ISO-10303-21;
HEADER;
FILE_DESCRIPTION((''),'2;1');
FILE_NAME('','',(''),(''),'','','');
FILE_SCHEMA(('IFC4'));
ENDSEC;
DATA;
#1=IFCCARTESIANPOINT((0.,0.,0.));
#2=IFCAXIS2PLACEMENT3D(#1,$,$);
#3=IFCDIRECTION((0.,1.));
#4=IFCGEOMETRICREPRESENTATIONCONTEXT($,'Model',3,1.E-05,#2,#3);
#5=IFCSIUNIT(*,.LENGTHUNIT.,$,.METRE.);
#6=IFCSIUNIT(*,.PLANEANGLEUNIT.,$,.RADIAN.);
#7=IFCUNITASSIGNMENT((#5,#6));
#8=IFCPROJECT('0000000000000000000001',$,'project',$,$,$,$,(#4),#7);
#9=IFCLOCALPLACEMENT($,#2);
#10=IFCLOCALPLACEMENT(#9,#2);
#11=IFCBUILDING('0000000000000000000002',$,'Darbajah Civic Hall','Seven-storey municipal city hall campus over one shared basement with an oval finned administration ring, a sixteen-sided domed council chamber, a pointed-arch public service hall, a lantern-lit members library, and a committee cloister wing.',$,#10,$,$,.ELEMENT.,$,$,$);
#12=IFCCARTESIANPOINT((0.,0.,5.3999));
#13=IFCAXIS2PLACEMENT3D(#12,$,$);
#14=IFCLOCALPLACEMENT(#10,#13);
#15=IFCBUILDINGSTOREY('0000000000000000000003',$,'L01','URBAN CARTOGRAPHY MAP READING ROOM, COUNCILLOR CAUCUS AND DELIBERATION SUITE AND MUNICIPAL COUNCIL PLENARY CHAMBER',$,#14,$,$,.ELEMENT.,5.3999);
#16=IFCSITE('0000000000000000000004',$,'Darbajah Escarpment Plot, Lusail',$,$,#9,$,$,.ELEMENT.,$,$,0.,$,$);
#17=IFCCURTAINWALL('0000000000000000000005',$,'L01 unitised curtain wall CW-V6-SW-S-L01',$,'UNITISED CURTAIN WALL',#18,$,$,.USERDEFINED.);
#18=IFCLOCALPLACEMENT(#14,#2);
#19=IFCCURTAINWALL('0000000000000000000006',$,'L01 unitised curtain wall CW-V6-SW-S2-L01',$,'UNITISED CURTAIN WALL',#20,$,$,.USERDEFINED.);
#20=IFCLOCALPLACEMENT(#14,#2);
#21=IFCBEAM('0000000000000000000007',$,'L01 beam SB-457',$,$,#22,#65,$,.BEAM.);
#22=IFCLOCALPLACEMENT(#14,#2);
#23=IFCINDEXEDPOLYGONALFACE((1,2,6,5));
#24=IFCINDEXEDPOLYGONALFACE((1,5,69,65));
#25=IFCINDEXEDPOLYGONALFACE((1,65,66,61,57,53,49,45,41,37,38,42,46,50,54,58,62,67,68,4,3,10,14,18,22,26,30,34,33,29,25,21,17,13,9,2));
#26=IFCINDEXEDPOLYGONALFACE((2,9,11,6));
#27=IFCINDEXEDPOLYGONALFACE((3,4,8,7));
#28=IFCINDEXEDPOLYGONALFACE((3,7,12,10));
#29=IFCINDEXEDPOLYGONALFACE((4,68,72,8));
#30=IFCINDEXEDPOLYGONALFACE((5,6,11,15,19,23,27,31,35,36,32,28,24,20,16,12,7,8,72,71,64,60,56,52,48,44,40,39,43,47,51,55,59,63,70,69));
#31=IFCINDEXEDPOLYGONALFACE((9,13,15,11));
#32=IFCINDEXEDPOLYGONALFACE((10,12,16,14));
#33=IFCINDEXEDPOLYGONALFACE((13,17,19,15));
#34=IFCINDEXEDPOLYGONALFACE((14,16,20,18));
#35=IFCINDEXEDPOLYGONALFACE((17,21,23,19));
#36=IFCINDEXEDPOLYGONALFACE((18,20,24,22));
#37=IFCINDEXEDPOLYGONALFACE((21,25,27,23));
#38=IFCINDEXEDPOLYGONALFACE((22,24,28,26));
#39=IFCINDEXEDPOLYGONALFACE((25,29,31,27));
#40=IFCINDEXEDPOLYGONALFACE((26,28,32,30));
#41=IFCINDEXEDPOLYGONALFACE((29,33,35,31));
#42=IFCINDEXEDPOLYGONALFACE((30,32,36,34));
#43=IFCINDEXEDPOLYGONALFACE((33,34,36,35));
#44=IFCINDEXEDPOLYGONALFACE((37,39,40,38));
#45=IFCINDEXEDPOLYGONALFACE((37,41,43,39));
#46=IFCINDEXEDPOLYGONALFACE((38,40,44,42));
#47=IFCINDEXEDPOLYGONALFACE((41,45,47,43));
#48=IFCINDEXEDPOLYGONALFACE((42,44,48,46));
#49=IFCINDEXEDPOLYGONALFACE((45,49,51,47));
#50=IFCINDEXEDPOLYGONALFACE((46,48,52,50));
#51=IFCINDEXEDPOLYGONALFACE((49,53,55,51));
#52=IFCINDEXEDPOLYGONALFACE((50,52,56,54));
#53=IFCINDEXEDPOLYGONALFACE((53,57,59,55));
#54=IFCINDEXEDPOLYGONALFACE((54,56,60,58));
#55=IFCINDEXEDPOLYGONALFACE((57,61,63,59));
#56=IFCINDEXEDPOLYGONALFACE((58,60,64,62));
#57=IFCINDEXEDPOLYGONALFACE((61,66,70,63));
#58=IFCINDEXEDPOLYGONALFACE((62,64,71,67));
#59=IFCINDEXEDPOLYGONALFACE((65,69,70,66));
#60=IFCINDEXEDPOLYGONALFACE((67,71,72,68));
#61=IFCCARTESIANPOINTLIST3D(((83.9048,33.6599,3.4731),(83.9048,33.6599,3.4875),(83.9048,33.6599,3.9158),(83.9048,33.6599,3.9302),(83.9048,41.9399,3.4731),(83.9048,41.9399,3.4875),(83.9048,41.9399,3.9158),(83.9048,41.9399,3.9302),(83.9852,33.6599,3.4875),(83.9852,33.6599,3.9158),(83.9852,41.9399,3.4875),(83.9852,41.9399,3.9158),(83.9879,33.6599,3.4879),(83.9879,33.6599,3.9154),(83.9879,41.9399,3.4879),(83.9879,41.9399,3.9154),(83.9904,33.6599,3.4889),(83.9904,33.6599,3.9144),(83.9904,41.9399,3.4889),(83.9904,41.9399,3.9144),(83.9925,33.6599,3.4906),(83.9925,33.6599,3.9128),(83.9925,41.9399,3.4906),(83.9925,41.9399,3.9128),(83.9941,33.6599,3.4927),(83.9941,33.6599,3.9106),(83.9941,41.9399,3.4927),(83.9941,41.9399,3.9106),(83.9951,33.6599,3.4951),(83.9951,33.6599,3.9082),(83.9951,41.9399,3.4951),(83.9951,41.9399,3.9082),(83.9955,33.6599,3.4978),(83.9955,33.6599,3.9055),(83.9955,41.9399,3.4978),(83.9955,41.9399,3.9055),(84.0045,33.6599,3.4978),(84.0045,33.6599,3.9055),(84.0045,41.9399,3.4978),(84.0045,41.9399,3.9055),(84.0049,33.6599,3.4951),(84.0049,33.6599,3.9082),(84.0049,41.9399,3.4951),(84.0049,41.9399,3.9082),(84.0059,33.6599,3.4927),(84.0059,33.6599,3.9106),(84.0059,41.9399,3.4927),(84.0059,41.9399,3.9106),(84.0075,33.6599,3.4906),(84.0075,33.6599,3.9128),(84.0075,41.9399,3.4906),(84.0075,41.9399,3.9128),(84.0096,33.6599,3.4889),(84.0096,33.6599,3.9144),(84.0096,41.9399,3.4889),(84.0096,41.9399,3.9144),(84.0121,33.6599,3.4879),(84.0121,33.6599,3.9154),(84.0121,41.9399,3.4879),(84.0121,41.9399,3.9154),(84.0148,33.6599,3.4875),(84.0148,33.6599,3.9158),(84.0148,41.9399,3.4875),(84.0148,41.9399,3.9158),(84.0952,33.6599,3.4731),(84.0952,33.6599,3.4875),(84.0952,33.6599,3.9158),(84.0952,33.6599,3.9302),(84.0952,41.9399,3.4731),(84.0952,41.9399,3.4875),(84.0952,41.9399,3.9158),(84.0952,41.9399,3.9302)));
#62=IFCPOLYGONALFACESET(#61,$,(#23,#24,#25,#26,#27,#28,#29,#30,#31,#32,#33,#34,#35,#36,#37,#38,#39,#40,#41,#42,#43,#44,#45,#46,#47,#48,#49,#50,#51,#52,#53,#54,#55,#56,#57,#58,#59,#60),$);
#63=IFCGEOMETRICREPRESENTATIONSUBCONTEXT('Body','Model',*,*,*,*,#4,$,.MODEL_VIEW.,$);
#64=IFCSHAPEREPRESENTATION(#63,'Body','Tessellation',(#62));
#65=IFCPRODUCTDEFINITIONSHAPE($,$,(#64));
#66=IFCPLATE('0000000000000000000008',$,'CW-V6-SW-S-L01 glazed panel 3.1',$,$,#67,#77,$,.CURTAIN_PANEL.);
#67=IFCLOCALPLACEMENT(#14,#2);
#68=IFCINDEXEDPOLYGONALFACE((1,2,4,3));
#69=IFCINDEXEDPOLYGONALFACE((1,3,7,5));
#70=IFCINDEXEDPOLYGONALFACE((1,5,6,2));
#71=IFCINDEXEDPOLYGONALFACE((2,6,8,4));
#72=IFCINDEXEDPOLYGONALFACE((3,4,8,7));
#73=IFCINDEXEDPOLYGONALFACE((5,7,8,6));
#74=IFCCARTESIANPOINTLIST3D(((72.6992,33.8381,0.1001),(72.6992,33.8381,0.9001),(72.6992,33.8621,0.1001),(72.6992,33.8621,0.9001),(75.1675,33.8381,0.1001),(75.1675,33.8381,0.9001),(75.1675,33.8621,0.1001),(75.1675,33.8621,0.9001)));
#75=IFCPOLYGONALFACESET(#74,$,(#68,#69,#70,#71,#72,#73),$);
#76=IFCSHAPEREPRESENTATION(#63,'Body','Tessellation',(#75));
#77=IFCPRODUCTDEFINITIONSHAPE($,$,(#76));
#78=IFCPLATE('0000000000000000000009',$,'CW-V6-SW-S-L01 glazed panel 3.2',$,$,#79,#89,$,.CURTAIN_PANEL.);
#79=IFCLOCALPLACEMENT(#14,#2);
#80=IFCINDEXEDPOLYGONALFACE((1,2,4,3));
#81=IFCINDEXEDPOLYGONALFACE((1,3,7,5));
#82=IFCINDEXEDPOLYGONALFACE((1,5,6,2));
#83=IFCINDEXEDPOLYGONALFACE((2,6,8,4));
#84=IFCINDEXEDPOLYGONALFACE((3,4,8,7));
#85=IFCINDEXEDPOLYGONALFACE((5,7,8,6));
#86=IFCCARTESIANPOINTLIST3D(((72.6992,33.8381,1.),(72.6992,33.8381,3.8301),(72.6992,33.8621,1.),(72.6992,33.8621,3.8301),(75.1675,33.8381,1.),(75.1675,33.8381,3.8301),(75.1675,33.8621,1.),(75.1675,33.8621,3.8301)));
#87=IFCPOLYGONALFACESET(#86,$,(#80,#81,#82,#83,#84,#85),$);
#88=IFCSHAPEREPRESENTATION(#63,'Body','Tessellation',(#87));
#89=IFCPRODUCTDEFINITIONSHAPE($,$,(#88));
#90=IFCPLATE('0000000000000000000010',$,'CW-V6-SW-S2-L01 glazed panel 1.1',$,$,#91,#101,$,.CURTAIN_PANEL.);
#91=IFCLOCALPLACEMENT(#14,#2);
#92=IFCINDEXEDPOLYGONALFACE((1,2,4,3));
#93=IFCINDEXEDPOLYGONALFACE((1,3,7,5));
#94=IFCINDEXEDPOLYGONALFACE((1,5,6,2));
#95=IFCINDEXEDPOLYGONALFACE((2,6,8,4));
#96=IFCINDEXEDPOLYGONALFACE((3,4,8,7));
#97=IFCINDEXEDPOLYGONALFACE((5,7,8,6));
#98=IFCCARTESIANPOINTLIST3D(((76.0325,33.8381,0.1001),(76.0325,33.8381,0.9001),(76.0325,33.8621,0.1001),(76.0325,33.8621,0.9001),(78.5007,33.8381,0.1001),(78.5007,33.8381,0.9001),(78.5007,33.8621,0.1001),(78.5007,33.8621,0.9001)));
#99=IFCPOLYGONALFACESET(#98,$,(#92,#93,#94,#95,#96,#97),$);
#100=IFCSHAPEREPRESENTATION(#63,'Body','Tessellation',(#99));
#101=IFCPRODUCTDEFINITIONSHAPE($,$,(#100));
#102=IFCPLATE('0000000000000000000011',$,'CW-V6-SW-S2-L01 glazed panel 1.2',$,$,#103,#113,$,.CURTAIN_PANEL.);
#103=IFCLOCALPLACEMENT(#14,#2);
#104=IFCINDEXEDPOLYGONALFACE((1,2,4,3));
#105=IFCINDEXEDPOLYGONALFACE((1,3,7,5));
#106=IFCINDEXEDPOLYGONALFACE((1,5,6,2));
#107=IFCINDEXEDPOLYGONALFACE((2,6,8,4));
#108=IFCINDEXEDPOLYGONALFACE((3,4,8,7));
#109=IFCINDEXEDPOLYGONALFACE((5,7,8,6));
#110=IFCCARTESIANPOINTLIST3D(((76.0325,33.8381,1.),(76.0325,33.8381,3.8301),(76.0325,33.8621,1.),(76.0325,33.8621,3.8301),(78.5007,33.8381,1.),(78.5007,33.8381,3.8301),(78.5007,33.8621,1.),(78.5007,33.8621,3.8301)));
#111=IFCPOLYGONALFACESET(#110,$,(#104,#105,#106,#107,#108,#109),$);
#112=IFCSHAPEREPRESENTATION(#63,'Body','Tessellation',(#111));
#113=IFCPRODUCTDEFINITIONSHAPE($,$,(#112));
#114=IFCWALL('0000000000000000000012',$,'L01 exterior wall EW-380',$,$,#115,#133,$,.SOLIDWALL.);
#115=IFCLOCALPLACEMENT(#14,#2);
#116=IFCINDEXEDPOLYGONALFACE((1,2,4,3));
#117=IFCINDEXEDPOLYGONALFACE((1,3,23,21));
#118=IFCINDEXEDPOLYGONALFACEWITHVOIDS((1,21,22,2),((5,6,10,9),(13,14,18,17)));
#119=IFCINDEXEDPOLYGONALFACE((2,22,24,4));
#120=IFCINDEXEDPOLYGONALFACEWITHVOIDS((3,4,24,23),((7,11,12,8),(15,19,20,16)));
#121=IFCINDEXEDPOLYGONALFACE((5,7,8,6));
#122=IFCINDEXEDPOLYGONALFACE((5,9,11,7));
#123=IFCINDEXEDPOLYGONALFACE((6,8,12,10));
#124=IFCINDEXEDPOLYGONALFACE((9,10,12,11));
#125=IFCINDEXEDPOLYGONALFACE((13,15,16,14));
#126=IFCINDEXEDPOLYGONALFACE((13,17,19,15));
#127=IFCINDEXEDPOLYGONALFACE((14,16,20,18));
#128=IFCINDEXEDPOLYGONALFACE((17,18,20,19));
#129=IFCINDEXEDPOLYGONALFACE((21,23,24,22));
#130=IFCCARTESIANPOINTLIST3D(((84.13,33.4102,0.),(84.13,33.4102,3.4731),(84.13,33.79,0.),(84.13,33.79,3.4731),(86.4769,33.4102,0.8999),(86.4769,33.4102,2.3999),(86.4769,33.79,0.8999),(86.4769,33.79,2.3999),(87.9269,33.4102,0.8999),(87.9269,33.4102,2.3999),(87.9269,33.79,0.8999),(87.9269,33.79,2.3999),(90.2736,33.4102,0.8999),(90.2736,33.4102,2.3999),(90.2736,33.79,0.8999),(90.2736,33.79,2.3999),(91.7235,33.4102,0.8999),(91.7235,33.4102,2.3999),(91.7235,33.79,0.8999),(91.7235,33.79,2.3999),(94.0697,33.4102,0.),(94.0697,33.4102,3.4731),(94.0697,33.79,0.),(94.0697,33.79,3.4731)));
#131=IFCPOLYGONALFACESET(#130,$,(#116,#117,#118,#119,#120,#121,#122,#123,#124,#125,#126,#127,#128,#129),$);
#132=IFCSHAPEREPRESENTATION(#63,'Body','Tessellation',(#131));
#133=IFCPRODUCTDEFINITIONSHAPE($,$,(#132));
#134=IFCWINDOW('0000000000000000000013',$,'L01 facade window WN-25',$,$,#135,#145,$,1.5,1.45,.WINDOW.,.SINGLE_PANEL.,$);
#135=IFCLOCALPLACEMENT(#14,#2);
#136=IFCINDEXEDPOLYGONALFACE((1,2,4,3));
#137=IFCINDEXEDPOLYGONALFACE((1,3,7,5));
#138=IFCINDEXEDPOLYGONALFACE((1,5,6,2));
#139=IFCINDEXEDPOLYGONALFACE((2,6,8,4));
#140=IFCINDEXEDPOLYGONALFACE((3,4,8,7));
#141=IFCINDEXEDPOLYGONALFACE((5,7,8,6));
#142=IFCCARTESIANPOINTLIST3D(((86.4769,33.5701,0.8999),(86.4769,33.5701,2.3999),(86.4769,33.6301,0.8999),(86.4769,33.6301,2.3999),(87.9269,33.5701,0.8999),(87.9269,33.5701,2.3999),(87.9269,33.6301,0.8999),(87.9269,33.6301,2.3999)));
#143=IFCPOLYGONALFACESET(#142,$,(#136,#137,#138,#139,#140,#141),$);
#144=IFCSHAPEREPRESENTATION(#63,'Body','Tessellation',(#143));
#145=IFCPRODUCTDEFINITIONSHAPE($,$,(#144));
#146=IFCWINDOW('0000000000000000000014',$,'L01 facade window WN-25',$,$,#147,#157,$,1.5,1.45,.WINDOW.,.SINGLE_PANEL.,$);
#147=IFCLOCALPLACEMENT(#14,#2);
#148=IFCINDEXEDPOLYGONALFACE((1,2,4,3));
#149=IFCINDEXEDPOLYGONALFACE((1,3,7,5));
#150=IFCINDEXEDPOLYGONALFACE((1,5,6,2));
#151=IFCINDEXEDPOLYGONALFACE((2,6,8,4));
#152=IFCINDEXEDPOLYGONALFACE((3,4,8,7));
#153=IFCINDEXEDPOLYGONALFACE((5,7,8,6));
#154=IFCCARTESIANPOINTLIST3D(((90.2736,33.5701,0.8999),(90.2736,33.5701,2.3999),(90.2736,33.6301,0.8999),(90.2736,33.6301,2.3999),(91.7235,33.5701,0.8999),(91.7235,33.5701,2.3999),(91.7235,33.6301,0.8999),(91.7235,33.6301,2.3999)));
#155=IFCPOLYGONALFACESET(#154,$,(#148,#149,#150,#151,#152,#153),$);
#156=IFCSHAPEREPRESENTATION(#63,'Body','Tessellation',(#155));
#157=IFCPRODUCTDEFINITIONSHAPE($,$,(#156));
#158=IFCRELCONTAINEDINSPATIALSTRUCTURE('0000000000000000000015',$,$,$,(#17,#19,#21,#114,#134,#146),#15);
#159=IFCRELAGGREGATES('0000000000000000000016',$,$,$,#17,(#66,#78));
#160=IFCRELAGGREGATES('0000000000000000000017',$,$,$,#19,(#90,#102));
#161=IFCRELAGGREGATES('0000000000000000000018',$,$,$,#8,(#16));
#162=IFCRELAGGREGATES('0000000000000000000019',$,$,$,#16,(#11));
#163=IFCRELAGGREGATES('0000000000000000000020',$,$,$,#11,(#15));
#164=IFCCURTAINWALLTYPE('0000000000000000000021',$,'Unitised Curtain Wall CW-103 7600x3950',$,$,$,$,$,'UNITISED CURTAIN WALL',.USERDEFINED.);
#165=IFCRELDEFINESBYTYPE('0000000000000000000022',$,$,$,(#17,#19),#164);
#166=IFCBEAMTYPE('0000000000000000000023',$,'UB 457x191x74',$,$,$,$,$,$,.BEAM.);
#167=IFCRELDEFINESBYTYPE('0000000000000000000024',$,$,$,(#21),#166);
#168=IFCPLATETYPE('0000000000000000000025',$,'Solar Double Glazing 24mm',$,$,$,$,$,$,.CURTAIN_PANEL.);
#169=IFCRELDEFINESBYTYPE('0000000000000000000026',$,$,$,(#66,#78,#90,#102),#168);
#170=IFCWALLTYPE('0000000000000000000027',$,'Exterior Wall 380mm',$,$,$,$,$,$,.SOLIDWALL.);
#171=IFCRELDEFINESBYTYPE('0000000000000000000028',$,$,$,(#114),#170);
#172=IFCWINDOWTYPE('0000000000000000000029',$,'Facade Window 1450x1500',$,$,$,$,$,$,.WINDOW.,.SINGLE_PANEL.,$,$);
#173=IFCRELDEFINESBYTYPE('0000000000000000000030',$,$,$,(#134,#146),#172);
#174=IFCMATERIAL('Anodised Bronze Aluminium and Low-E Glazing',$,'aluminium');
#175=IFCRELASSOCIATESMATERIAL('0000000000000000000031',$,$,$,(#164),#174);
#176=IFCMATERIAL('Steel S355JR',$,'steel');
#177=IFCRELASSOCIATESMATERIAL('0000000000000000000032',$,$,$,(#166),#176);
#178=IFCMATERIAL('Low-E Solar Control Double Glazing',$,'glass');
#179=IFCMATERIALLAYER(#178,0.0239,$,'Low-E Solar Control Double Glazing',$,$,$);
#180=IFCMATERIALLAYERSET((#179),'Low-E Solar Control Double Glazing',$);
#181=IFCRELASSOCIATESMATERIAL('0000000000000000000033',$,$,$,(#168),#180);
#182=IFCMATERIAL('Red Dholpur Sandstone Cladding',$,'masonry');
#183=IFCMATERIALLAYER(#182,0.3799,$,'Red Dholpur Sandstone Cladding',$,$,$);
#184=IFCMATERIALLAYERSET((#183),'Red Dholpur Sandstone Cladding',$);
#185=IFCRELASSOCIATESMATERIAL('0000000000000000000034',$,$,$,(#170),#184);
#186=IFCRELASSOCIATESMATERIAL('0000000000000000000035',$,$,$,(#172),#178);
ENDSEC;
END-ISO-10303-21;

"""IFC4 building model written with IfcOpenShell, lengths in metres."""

from ifc_helpers import new_model, si_unit, direction, frame, frame_2d, origin, origin_2d, place, context, subcontext, project, spatial, rectangle, i_section, extrude, material, layer, layer_set, material_profile, profile_set, type_object, element, fill, aggregate, save


model = new_model("IFC4")

# Units and contexts
model_context = context("Model", 3, precision=1e-05, world=origin(), true_north=direction((0.0, 1.0)))
body_context = subcontext(model_context, "Body", "Model", "MODEL_VIEW")
ifc_project = project(units=[si_unit("LENGTHUNIT", "METRE"), si_unit("PLANEANGLEUNIT", "RADIAN")], contexts=[model_context])

# Site, building, storey
site_placement = place(None, origin())
site = spatial("IfcSite", under=ifc_project, at=site_placement, Name="Darbajah Escarpment Plot, Lusail", CompositionType="ELEMENT", RefElevation=0.0)
building_placement = place(site_placement, origin())
building = spatial("IfcBuilding", under=site, at=building_placement, Name="Darbajah Civic Hall", Description="Seven-storey municipal city hall campus over one shared basement with an oval finned administration ring, a sixteen-sided domed council chamber, a pointed-arch public service hall, a lantern-lit members library, and a committee cloister wing.", CompositionType="ELEMENT")
storey_placement = place(building_placement, frame((0.0, 0.0, 5.3999)))
storey = spatial("IfcBuildingStorey", under=building, at=storey_placement, Name="L01", Description="URBAN CARTOGRAPHY MAP READING ROOM, COUNCILLOR CAUCUS AND DELIBERATION SUITE AND MUNICIPAL COUNCIL PLENARY CHAMBER", CompositionType="ELEMENT", Elevation=5.3999)

# Shared definitions
ifc_material_1 = material(Name="Steel S355JR", Category="steel")

# Curtain wall
ifc_material_2 = material(Name="Anodised Bronze Aluminium and Low-E Glazing", Category="aluminium")
curtain_wall_type = type_object("IfcCurtainWallType", Name="Unitised Curtain Wall CW-103 7600x3950", ElementType="UNITISED CURTAIN WALL", PredefinedType="USERDEFINED", material=ifc_material_2)
curtain_wall_1_placement = place(storey_placement, origin())
curtain_wall_1 = element("IfcCurtainWall", 1, at=curtain_wall_1_placement, inside=storey, type_object=curtain_wall_type, Name="L01 unitised curtain wall CW-V6-SW-S-L01", ObjectType="UNITISED CURTAIN WALL", PredefinedType="USERDEFINED")

# Curtain wall
curtain_wall_2_placement = place(storey_placement, origin())
curtain_wall_2 = element("IfcCurtainWall", 2, at=curtain_wall_2_placement, inside=storey, type_object=curtain_wall_type, Name="L01 unitised curtain wall CW-V6-SW-S2-L01", ObjectType="UNITISED CURTAIN WALL", PredefinedType="USERDEFINED")

# Beam
ifc_material_profile_1 = material_profile(ifc_material_1, i_section(OverallWidth=0.1904, OverallDepth=0.457, WebThickness=0.009, FlangeThickness=0.0144, FilletRadius=0.0103, at=origin_2d()), Name="UB 457x191x74")
ifc_profile_set_1 = profile_set([ifc_material_profile_1], Name="Steel S355JR")
beam_type = type_object("IfcBeamType", Name="UB 457x191x74", PredefinedType="BEAM", material=ifc_profile_set_1)
beam_1_placement = place(storey_placement, frame((84.0, 33.6599, 3.7017), z_axis=(0.0, 1.0, 0.0), x_axis=(-1.0, 0.0, 0.0)))
element("IfcBeam", 3, at=beam_1_placement, inside=storey, type_object=beam_type, Name="L01 beam SB-457", PredefinedType="BEAM", context=body_context, shape_type="SweptSolid", body=[
    extrude(i_section(OverallWidth=0.1904, OverallDepth=0.457, WebThickness=0.009, FlangeThickness=0.0144, FilletRadius=0.0103, at=origin_2d()), origin(), (0.0, 0.0, 1.0), 8.28),
])

# Plates
ifc_material_3 = material(Name="Low-E Solar Control Double Glazing", Category="glass")
ifc_layer_1 = layer(ifc_material_3, 0.0239, Name="Low-E Solar Control Double Glazing")
ifc_layer_set_1 = layer_set([ifc_layer_1], Name="Low-E Solar Control Double Glazing")
plate_type = type_object("IfcPlateType", Name="Solar Double Glazing 24mm", PredefinedType="CURTAIN_PANEL", material=ifc_layer_set_1)
plate_1_placement = place(storey_placement, frame((73.9333, 33.8501, 0.1001), z_axis=(0.0, 0.0, 1.0), x_axis=(1.0, 0.0, 0.0)))
plate_1 = element("IfcPlate", 4, at=plate_1_placement, type_object=plate_type, Name="CW-V6-SW-S-L01 glazed panel 3.1", PredefinedType="CURTAIN_PANEL", context=body_context, shape_type="SweptSolid", body=[
    extrude(rectangle(XDim=2.4683, YDim=0.0239, at=origin_2d()), origin(), (0.0, 0.0, 1.0), 0.8),
])
plate_2_placement = place(storey_placement, frame((73.9333, 33.8501, 1.0), z_axis=(0.0, 0.0, 1.0), x_axis=(1.0, 0.0, 0.0)))
plate_2 = element("IfcPlate", 5, at=plate_2_placement, type_object=plate_type, Name="CW-V6-SW-S-L01 glazed panel 3.2", PredefinedType="CURTAIN_PANEL", context=body_context, shape_type="SweptSolid", body=[
    extrude(rectangle(XDim=2.4683, YDim=0.0239, at=origin_2d()), origin(), (0.0, 0.0, 1.0), 2.8301),
])
aggregate(curtain_wall_1, [plate_1, plate_2])
plate_3_placement = place(storey_placement, frame((77.2666, 33.8501, 0.1001), z_axis=(0.0, 0.0, 1.0), x_axis=(1.0, 0.0, 0.0)))
plate_3 = element("IfcPlate", 6, at=plate_3_placement, type_object=plate_type, Name="CW-V6-SW-S2-L01 glazed panel 1.1", PredefinedType="CURTAIN_PANEL", context=body_context, shape_type="SweptSolid", body=[
    extrude(rectangle(XDim=2.4683, YDim=0.0239, at=origin_2d()), origin(), (0.0, 0.0, 1.0), 0.8),
])
plate_4_placement = place(storey_placement, frame((77.2666, 33.8501, 1.0), z_axis=(0.0, 0.0, 1.0), x_axis=(1.0, 0.0, 0.0)))
plate_4 = element("IfcPlate", 7, at=plate_4_placement, type_object=plate_type, Name="CW-V6-SW-S2-L01 glazed panel 1.2", PredefinedType="CURTAIN_PANEL", context=body_context, shape_type="SweptSolid", body=[
    extrude(rectangle(XDim=2.4683, YDim=0.0239, at=origin_2d()), origin(), (0.0, 0.0, 1.0), 2.8301),
])
aggregate(curtain_wall_2, [plate_3, plate_4])

# Wall, openings, windows
ifc_material_4 = material(Name="Red Dholpur Sandstone Cladding", Category="masonry")
ifc_layer_2 = layer(ifc_material_4, 0.3799, Name="Red Dholpur Sandstone Cladding")
ifc_layer_set_2 = layer_set([ifc_layer_2], Name="Red Dholpur Sandstone Cladding")
wall_type = type_object("IfcWallType", Name="Exterior Wall 380mm", PredefinedType="SOLIDWALL", material=ifc_layer_set_2)
wall_placement = place(storey_placement, frame((84.1301, 33.6001, 0.0), z_axis=(0.0, 0.0, 1.0), x_axis=(1.0, 0.0, 0.0)))
wall = element("IfcWall", 8, at=wall_placement, inside=storey, type_object=wall_type, Name="L01 exterior wall EW-380", PredefinedType="SOLIDWALL", context=body_context, shape_type="SweptSolid", body=[
    extrude(rectangle(XDim=9.9397, YDim=0.3799, at=frame_2d((4.9697, 0.0))), origin(), (0.0, 0.0, 1.0), 3.4731),
])
opening_1_placement = place(wall_placement, frame((2.3467, 0.0, 0.8999)))
opening_1 = element("IfcOpeningElement", 9, at=opening_1_placement, cuts=wall, PredefinedType="OPENING", context=body_context, shape_type="SweptSolid", body=[
    extrude(rectangle(XDim=1.45, YDim=1.5, at=frame_2d((0.7251, 0.75))), frame((0.0, 0.2, 0.0), z_axis=(0.0, -1.0, 0.0), x_axis=(1.0, 0.0, 0.0)), (0.0, 0.0, 1.0), 0.3999),
])
opening_2_placement = place(wall_placement, frame((6.1433, 0.0, 0.8999)))
opening_2 = element("IfcOpeningElement", 10, at=opening_2_placement, cuts=wall, PredefinedType="OPENING", context=body_context, shape_type="SweptSolid", body=[
    extrude(rectangle(XDim=1.45, YDim=1.5, at=frame_2d((0.7251, 0.75))), frame((0.0, 0.2, 0.0), z_axis=(0.0, -1.0, 0.0), x_axis=(1.0, 0.0, 0.0)), (0.0, 0.0, 1.0), 0.3999),
])
window_type = type_object("IfcWindowType", Name="Facade Window 1450x1500", PartitioningType="SINGLE_PANEL", PredefinedType="WINDOW", material=ifc_material_3)
window_1_placement = place(opening_1_placement, origin())
window_1 = element("IfcWindow", 11, at=window_1_placement, inside=storey, type_object=window_type, Name="L01 facade window WN-25", OverallHeight=1.5, OverallWidth=1.45, PartitioningType="SINGLE_PANEL", PredefinedType="WINDOW", context=body_context, shape_type="SweptSolid", body=[
    extrude(rectangle(XDim=1.45, YDim=1.5, at=frame_2d((0.7251, 0.75))), frame((0.0, 0.03, 0.0), z_axis=(0.0, -1.0, 0.0), x_axis=(1.0, 0.0, 0.0)), (0.0, 0.0, 1.0), 0.0601),
])
fill(opening_1, window_1)
window_2_placement = place(opening_2_placement, origin())
window_2 = element("IfcWindow", 12, at=window_2_placement, inside=storey, type_object=window_type, Name="L01 facade window WN-25", OverallHeight=1.5, OverallWidth=1.45, PartitioningType="SINGLE_PANEL", PredefinedType="WINDOW", context=body_context, shape_type="SweptSolid", body=[
    extrude(rectangle(XDim=1.45, YDim=1.5, at=frame_2d((0.7251, 0.75))), frame((0.0, 0.03, 0.0), z_axis=(0.0, -1.0, 0.0), x_axis=(1.0, 0.0, 0.0)), (0.0, 0.0, 1.0), 0.0601),
])
fill(opening_2, window_2)

save(model, "model.ifc")
